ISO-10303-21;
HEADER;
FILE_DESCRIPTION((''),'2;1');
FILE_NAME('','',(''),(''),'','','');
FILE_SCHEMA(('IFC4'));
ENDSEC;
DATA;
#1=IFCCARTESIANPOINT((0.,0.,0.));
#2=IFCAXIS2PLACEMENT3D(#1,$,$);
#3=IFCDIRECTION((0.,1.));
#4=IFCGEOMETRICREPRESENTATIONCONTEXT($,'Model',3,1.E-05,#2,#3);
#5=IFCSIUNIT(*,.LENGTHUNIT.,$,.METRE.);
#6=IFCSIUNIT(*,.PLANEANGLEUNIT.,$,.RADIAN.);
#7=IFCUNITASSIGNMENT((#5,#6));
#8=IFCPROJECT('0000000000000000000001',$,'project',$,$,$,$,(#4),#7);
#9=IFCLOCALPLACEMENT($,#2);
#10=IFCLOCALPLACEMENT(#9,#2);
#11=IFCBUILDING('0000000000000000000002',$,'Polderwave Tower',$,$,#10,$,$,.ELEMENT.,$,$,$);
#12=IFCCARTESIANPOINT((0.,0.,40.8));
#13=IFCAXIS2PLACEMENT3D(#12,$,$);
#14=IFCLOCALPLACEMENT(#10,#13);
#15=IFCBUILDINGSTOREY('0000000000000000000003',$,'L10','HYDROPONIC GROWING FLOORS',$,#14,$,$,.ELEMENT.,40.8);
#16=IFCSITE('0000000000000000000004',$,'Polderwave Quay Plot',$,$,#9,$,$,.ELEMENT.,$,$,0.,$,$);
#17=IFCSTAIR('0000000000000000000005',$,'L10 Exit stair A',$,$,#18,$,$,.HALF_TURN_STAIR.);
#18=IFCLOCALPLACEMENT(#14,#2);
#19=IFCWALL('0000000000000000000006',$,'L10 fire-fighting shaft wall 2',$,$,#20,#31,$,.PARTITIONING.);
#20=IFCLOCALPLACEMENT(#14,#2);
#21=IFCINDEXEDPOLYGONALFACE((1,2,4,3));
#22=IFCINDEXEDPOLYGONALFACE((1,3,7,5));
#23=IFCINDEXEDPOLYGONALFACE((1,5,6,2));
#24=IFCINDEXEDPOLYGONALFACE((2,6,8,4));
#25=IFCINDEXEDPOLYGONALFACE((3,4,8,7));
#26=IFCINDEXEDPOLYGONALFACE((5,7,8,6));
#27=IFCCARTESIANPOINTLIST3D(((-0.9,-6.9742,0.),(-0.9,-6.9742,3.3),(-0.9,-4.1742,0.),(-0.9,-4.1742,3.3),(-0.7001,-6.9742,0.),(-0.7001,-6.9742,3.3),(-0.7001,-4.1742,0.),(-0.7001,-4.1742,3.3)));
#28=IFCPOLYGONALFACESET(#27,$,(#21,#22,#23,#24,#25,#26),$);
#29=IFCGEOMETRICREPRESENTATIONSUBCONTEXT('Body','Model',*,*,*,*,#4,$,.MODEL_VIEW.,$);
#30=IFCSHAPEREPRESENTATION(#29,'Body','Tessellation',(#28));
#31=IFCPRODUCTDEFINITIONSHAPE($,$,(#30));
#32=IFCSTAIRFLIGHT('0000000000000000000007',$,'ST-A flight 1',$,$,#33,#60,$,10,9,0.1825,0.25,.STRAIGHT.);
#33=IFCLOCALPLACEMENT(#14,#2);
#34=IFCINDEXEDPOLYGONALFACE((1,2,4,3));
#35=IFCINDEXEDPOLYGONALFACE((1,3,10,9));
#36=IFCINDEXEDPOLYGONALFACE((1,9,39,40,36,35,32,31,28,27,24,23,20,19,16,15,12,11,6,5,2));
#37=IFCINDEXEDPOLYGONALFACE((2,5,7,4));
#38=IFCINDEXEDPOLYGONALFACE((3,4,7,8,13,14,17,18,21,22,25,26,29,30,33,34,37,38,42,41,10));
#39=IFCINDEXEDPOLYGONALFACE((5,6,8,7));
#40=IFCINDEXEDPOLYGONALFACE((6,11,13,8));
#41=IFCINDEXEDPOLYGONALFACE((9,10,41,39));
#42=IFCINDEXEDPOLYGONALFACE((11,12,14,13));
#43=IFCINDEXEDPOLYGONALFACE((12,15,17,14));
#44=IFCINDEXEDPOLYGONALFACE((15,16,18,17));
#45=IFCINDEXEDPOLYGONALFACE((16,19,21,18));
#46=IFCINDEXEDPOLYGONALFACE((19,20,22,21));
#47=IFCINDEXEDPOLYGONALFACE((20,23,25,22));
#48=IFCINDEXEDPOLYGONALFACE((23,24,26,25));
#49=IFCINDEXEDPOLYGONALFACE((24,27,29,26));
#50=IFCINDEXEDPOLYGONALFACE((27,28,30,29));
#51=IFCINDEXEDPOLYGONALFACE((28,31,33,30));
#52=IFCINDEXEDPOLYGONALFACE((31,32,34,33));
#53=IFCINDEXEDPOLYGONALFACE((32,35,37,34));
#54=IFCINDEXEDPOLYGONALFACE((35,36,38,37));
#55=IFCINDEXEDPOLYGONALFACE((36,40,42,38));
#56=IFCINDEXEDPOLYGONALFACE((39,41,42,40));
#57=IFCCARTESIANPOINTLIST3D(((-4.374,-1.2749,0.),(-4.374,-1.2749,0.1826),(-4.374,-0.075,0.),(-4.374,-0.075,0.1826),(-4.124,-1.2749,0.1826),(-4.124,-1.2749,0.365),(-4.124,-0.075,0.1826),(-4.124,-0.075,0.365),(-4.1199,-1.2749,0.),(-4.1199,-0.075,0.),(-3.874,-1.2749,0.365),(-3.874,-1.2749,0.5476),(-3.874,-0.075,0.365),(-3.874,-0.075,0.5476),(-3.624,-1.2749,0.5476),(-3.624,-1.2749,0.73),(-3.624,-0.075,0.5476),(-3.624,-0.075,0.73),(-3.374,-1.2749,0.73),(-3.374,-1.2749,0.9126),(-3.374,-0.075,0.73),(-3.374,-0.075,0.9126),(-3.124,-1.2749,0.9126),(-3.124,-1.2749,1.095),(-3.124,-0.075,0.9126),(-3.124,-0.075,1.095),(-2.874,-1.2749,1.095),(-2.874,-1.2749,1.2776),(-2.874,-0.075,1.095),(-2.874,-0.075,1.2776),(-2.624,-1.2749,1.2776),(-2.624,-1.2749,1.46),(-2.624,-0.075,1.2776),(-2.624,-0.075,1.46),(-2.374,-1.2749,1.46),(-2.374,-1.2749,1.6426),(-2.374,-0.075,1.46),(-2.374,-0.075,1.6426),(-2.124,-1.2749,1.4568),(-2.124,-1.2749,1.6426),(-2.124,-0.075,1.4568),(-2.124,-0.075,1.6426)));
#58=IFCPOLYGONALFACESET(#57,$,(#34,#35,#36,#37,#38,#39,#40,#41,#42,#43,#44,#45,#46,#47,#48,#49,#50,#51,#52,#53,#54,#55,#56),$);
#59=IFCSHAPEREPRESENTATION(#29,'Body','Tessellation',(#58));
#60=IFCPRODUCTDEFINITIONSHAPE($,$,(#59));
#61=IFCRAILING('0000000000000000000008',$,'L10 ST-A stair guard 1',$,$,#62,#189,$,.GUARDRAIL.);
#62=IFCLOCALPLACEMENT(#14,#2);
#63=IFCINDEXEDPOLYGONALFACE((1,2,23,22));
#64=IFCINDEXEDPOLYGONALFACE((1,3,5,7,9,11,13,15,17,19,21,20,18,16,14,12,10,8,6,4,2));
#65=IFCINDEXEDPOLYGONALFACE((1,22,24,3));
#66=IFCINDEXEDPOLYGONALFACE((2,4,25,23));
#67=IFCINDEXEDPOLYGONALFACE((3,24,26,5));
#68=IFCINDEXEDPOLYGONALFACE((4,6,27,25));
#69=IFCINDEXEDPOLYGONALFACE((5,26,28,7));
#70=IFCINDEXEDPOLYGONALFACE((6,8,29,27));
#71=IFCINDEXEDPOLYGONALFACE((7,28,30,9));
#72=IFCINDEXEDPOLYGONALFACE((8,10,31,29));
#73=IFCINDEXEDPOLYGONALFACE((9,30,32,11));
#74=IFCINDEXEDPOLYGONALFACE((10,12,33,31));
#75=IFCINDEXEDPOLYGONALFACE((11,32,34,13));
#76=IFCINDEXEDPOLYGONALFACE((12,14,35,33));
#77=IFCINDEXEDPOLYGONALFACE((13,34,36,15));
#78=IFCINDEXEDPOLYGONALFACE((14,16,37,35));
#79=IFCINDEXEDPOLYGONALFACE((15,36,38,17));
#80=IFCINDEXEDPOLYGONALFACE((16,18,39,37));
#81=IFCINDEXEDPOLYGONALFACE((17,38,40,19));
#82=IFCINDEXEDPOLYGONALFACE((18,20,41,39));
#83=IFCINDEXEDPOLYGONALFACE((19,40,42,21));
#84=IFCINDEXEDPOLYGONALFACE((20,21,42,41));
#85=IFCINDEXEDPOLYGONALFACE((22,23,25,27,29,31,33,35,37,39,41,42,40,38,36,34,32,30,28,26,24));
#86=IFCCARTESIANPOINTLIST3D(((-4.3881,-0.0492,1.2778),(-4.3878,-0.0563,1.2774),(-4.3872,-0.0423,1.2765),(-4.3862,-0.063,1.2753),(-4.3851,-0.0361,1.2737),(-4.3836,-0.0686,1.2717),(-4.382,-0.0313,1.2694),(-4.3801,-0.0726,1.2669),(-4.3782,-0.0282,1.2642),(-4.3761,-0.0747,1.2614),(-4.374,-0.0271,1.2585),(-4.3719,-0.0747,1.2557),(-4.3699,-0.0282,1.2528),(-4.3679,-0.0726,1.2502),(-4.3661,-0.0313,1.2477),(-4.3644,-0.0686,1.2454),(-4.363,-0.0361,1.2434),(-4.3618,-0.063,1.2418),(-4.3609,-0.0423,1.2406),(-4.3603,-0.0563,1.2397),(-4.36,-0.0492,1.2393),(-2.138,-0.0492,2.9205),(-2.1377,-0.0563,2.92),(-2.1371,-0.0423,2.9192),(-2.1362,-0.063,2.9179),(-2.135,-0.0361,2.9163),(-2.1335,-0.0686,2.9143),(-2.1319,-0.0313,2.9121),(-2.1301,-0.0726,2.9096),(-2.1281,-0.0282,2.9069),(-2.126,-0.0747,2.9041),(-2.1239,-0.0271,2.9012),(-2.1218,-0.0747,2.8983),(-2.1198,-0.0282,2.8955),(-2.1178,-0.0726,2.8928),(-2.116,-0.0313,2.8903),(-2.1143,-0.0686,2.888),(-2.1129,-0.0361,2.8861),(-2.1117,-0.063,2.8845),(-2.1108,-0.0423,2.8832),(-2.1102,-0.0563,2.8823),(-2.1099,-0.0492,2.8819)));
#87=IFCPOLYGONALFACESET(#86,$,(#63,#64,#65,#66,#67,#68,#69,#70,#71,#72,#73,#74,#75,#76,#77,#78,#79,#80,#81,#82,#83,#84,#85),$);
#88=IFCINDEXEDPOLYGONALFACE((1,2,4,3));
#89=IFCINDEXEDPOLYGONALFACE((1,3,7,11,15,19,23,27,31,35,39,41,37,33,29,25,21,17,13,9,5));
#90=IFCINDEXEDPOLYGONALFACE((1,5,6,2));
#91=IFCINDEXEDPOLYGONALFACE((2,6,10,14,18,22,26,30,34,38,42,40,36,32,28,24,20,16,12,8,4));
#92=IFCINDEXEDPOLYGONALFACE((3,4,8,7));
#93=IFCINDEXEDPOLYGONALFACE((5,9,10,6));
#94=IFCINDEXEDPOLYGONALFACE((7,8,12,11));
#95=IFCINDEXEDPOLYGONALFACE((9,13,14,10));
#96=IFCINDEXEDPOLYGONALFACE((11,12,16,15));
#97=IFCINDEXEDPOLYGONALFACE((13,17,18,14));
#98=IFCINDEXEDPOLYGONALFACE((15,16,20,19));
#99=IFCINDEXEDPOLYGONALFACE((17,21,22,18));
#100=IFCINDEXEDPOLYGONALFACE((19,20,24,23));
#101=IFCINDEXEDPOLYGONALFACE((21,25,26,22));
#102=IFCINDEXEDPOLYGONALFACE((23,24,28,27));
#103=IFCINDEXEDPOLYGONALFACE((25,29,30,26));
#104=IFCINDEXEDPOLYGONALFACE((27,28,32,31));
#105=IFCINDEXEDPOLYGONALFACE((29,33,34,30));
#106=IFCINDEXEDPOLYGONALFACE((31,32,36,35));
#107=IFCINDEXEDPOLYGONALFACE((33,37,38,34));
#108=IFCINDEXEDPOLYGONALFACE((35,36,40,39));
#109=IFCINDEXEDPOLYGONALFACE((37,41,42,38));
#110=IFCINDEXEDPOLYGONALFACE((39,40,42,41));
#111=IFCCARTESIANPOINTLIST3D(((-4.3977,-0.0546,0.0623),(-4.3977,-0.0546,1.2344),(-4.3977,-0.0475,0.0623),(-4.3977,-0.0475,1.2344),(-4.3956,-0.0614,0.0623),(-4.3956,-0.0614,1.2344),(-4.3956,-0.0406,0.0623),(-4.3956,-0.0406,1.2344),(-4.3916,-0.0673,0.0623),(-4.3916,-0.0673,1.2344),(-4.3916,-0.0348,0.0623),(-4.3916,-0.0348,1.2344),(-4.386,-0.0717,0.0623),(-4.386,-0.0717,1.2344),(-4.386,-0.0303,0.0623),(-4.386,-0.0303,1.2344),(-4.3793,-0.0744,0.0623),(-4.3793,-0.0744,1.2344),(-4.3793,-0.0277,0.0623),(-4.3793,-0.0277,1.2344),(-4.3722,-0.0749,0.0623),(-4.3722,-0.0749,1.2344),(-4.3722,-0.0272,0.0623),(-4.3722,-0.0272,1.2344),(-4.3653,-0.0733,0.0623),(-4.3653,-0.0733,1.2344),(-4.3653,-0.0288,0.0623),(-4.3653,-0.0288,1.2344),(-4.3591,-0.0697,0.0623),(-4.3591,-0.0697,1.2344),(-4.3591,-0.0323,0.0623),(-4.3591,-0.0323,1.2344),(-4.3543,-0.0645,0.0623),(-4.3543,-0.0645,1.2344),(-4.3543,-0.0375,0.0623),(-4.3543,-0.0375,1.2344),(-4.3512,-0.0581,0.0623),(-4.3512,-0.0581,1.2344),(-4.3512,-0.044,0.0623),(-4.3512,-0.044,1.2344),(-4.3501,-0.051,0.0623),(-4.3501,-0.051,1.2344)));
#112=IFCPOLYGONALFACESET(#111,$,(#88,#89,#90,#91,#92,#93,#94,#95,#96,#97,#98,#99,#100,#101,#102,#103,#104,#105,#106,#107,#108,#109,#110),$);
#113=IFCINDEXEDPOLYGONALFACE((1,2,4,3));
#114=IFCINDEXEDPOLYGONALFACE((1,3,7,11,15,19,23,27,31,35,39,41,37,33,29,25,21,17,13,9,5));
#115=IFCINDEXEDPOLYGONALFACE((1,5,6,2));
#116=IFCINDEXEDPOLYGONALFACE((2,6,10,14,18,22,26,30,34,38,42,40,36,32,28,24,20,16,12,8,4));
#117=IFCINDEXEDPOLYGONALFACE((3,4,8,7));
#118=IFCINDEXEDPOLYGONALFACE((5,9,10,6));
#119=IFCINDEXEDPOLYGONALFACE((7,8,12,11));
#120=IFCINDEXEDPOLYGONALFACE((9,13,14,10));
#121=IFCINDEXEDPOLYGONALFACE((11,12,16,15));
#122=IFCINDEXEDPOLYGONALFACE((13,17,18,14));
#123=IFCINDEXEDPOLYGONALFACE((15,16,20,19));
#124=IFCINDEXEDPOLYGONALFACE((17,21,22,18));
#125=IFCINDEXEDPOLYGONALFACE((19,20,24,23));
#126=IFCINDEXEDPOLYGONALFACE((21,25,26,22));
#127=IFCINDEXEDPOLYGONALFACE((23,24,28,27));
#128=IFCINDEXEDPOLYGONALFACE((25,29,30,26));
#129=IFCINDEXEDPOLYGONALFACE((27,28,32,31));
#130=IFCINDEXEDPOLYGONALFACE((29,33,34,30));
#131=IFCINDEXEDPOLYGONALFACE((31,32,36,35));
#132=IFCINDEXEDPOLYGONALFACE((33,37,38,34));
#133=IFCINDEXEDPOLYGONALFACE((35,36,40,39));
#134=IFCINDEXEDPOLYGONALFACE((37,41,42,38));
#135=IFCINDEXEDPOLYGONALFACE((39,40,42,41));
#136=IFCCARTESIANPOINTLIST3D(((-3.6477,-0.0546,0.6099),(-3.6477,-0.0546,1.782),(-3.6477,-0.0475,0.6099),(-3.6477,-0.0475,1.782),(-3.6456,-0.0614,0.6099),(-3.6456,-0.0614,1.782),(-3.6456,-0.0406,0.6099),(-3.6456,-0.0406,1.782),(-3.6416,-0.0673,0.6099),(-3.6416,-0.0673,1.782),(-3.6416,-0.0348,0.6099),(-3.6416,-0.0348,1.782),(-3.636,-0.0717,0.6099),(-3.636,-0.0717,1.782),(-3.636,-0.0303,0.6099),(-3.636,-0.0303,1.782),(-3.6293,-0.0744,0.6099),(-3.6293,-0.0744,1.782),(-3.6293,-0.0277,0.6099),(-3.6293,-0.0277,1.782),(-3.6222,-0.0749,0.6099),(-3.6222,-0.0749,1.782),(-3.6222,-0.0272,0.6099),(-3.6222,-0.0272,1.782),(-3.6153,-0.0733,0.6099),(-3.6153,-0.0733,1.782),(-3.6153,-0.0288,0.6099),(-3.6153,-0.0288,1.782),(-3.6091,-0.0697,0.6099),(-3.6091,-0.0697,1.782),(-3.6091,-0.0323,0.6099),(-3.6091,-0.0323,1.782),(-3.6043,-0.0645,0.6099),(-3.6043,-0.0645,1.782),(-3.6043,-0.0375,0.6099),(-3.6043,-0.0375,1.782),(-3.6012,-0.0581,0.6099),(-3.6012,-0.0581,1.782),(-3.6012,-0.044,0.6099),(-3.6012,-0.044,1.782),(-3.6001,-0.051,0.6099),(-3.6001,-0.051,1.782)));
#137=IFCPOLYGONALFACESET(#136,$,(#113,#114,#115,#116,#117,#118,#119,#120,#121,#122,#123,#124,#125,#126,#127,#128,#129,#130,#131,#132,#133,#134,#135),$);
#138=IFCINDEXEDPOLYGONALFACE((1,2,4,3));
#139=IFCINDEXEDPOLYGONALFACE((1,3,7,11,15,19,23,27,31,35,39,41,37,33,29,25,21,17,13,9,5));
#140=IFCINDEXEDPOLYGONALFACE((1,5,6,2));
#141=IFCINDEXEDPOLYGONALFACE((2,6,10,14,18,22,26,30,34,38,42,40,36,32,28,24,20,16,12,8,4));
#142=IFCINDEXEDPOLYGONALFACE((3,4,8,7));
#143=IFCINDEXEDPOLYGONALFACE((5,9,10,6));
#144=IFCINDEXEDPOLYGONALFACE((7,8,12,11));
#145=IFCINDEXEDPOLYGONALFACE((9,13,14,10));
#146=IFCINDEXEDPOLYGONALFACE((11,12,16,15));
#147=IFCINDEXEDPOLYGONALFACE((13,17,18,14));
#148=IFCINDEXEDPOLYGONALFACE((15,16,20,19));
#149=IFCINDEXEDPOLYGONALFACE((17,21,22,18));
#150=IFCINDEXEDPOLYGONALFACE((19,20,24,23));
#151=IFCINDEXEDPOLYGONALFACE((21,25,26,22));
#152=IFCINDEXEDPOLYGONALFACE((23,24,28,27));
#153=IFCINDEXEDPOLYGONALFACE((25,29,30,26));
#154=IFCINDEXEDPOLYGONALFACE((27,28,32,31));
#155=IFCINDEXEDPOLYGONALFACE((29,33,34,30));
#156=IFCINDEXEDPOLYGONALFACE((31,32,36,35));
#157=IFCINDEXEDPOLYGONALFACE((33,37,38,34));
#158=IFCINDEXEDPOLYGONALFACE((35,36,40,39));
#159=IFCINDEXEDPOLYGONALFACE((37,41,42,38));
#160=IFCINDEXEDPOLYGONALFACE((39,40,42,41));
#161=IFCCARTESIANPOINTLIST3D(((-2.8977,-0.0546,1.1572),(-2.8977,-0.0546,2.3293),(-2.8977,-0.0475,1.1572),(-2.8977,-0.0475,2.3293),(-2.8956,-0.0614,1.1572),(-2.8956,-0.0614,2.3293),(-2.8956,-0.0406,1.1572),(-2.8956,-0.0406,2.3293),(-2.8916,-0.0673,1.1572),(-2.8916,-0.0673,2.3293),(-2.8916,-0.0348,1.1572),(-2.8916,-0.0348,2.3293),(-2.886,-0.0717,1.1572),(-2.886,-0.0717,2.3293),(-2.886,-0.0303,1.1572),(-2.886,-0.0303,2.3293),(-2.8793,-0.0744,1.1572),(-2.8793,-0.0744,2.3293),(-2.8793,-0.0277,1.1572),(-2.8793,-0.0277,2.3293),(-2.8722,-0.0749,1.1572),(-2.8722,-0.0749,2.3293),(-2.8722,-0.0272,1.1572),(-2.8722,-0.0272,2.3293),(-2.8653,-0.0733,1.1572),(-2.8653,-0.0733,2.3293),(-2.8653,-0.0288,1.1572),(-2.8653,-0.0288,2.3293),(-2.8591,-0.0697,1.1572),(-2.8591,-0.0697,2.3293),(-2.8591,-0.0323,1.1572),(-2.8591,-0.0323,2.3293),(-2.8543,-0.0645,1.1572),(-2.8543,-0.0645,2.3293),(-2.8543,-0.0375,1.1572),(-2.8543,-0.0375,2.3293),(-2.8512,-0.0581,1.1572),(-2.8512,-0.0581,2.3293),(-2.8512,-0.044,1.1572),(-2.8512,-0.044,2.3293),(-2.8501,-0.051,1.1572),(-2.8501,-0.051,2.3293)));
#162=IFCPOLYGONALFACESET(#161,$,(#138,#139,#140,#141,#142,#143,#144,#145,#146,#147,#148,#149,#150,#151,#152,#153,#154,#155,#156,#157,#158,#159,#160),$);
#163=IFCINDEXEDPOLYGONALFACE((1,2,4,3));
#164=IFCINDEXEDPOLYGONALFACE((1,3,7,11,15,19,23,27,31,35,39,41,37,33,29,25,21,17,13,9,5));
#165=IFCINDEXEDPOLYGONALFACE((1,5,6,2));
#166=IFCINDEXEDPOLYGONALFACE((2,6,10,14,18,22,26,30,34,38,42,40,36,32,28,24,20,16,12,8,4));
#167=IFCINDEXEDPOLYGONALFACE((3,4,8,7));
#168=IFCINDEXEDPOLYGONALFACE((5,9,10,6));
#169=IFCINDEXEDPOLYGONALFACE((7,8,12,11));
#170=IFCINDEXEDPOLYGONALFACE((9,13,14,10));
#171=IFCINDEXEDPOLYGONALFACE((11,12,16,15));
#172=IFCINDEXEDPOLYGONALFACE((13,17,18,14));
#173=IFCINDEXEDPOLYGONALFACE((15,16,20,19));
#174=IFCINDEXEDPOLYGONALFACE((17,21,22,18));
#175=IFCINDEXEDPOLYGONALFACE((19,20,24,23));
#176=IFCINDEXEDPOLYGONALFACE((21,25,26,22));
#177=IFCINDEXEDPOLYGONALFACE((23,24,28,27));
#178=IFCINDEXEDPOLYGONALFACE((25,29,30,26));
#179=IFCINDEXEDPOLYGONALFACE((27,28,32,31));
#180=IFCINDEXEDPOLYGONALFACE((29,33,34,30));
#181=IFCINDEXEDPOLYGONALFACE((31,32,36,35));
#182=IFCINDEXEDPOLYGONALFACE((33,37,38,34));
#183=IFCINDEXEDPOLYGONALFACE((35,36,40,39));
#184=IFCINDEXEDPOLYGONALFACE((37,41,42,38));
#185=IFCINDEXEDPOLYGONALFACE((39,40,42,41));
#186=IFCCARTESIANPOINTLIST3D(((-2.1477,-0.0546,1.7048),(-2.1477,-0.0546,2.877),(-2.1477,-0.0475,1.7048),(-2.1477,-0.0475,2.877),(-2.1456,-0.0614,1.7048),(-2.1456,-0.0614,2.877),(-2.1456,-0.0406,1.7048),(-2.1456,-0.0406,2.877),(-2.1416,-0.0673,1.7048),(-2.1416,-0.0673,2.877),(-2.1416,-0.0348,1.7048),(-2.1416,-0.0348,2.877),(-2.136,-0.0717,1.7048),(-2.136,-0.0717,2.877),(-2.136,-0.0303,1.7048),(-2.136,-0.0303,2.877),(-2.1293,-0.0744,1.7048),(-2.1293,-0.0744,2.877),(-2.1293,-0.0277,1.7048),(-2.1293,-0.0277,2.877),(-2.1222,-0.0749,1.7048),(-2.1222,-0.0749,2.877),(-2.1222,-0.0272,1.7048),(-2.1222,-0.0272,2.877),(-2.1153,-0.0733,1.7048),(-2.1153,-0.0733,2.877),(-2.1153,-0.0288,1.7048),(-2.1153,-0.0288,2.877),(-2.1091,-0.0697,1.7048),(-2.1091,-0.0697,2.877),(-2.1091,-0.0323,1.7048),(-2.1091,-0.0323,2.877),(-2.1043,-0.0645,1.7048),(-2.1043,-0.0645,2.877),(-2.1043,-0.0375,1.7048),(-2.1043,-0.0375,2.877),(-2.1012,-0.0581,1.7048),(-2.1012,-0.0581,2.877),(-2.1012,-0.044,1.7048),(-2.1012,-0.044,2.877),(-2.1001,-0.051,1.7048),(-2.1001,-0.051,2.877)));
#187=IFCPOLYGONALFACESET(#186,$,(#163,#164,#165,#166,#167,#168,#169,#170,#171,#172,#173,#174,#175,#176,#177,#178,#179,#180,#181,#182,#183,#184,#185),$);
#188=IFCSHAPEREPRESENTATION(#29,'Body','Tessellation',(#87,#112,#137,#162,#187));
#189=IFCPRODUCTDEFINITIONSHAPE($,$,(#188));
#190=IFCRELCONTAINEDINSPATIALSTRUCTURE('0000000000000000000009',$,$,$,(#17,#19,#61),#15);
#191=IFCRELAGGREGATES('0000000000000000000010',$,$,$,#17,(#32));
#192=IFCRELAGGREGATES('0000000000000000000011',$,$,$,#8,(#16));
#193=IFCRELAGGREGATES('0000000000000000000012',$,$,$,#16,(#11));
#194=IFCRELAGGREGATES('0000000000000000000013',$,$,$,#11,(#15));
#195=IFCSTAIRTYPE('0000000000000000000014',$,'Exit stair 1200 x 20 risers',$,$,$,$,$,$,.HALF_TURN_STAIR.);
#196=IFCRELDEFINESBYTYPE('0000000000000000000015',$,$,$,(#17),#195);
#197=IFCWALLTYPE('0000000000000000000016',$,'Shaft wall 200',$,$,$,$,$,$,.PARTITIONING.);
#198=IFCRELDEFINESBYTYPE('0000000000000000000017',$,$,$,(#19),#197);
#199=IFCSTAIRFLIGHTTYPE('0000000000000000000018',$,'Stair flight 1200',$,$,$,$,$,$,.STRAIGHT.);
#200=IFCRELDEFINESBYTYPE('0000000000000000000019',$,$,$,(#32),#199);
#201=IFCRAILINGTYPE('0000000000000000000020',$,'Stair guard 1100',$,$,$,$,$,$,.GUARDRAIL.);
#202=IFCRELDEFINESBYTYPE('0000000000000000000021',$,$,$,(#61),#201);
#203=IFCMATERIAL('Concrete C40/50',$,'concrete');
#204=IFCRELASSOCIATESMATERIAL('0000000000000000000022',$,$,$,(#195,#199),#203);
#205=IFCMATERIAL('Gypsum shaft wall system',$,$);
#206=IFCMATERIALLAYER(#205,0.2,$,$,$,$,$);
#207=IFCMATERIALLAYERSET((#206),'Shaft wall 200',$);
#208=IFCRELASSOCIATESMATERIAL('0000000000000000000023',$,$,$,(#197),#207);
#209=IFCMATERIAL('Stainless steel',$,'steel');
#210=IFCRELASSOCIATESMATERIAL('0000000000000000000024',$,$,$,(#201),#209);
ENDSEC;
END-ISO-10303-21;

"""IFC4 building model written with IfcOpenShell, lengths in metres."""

from ifc_helpers import new_model, si_unit, direction, frame, frame_2d, origin, origin_2d, place, context, subcontext, project, spatial, polyline, rectangle, circle, outline, extrude, material, layer, layer_set, type_object, element, aggregate, save


model = new_model("IFC4")

# Units and contexts
model_context = context("Model", 3, precision=1e-05, world=origin(), true_north=direction((0.0, 1.0)))
body_context = subcontext(model_context, "Body", "Model", "MODEL_VIEW")
ifc_project = project(units=[si_unit("LENGTHUNIT", "METRE"), si_unit("PLANEANGLEUNIT", "RADIAN")], contexts=[model_context])

# Site, building, storey
site_placement = place(None, origin())
site = spatial("IfcSite", under=ifc_project, at=site_placement, Name="Polderwave Quay Plot", CompositionType="ELEMENT", RefElevation=0.0)
building_placement = place(site_placement, origin())
building = spatial("IfcBuilding", under=site, at=building_placement, Name="Polderwave Tower", CompositionType="ELEMENT")
storey_placement = place(building_placement, frame((0.0, 0.0, 40.8)))
storey = spatial("IfcBuildingStorey", under=building, at=storey_placement, Name="L10", Description="HYDROPONIC GROWING FLOORS", CompositionType="ELEMENT", Elevation=40.8)

# Shared definitions
ifc_material_1 = material(Name="Concrete C40/50", Category="concrete")

# Stair
stair_type = type_object("IfcStairType", Name="Exit stair 1200 x 20 risers", PredefinedType="HALF_TURN_STAIR", material=ifc_material_1)
stair_placement = place(storey_placement, origin())
stair = element("IfcStair", 1, at=stair_placement, inside=storey, type_object=stair_type, Name="L10 Exit stair A", PredefinedType="HALF_TURN_STAIR")

# Wall
ifc_material_2 = material(Name="Gypsum shaft wall system")
ifc_layer_1 = layer(ifc_material_2, 0.2)
ifc_layer_set_1 = layer_set([ifc_layer_1], Name="Shaft wall 200")
wall_type_1 = type_object("IfcWallType", Name="Shaft wall 200", PredefinedType="PARTITIONING", material=ifc_layer_set_1)
for number, where, z_axis, x_axis, name in (
    (2, (-0.8, -6.9741, 0.0), (0.0, 0.0, 1.0), (0.0, 1.0, 0.0), "L10 fire-fighting shaft wall 2"),
):
    element("IfcWall", number, at=place(storey_placement, frame(where, z_axis=z_axis, x_axis=x_axis)), inside=storey, type_object=wall_type_1, Name=name, PredefinedType="PARTITIONING", context=body_context, shape_type="SweptSolid", body=[
        extrude(rectangle(XDim=2.8, YDim=0.2, at=frame_2d((1.3999, 0.0))), origin(), (0.0, 0.0, 1.0), 3.3),
    ])

# Stair flight
stair_flight_type = type_object("IfcStairFlightType", Name="Stair flight 1200", PredefinedType="STRAIGHT", material=ifc_material_1)
stair_flight_placement = place(storey_placement, frame((-4.374, -0.675, 0.0), z_axis=(0.0, 0.0, 1.0), x_axis=(1.0, 0.0, 0.0)))
stair_flight = element("IfcStairFlight", 3, at=stair_flight_placement, type_object=stair_flight_type, Name="ST-A flight 1", NumberOfRisers=10, NumberOfTreads=9, PredefinedType="STRAIGHT", RiserHeight=0.1825, TreadLength=0.25, context=body_context, shape_type="SweptSolid", body=[
    extrude(outline(polyline([(0.0, 0.0), (0.0, 0.1826), (0.25, 0.1826), (0.25, 0.365), (0.5, 0.365), (0.5, 0.5476), (0.75, 0.5476), (0.75, 0.73), (1.0, 0.73), (1.0, 0.9126), (1.25, 0.9126), (1.25, 1.095), (1.5, 1.095), (1.5, 1.2776), (1.75, 1.2776), (1.75, 1.46), (2.0, 1.46), (2.0, 1.6426), (2.25, 1.6426), (2.25, 1.825), (2.25, 1.4568), (0.2542, 0.0), (0.0, 0.0)])), frame((0.0, 0.6001, 0.0), z_axis=(0.0, -1.0, 0.0), x_axis=(1.0, 0.0, 0.0)), (0.0, 0.0, 1.0), 1.2),
])
aggregate(stair, [stair_flight])

# Railing
ifc_material_3 = material(Name="Stainless steel", Category="steel")
railing_type = type_object("IfcRailingType", Name="Stair guard 1100", PredefinedType="GUARDRAIL", material=ifc_material_3)
railing_1_placement = place(storey_placement, frame((-4.374, -0.051, 0.0623)))
element("IfcRailing", 4, at=railing_1_placement, inside=storey, type_object=railing_type, Name="L10 ST-A stair guard 1", PredefinedType="GUARDRAIL", context=body_context, shape_type="SweptSolid", body=[
    extrude(circle(Radius=0.0239, at=origin_2d()), frame((0.0, 0.0, 1.1963), z_axis=(0.807674, 0.0, 0.58963), x_axis=(0.0, 1.0, 0.0)), (0.0, 0.0, 1.0), 2.7859),
    extrude(circle(Radius=0.0239, at=origin_2d()), origin(), (0.0, 0.0, 1.0), 1.1721),
    extrude(circle(Radius=0.0239, at=origin_2d()), frame((0.75, 0.0, 0.5476)), (0.0, 0.0, 1.0), 1.1721),
    extrude(circle(Radius=0.0239, at=origin_2d()), frame((1.5, 0.0, 1.095)), (0.0, 0.0, 1.0), 1.1721),
    extrude(circle(Radius=0.0239, at=origin_2d()), frame((2.25, 0.0, 1.6426)), (0.0, 0.0, 1.0), 1.1721),
])

save(model, "model.ifc")
